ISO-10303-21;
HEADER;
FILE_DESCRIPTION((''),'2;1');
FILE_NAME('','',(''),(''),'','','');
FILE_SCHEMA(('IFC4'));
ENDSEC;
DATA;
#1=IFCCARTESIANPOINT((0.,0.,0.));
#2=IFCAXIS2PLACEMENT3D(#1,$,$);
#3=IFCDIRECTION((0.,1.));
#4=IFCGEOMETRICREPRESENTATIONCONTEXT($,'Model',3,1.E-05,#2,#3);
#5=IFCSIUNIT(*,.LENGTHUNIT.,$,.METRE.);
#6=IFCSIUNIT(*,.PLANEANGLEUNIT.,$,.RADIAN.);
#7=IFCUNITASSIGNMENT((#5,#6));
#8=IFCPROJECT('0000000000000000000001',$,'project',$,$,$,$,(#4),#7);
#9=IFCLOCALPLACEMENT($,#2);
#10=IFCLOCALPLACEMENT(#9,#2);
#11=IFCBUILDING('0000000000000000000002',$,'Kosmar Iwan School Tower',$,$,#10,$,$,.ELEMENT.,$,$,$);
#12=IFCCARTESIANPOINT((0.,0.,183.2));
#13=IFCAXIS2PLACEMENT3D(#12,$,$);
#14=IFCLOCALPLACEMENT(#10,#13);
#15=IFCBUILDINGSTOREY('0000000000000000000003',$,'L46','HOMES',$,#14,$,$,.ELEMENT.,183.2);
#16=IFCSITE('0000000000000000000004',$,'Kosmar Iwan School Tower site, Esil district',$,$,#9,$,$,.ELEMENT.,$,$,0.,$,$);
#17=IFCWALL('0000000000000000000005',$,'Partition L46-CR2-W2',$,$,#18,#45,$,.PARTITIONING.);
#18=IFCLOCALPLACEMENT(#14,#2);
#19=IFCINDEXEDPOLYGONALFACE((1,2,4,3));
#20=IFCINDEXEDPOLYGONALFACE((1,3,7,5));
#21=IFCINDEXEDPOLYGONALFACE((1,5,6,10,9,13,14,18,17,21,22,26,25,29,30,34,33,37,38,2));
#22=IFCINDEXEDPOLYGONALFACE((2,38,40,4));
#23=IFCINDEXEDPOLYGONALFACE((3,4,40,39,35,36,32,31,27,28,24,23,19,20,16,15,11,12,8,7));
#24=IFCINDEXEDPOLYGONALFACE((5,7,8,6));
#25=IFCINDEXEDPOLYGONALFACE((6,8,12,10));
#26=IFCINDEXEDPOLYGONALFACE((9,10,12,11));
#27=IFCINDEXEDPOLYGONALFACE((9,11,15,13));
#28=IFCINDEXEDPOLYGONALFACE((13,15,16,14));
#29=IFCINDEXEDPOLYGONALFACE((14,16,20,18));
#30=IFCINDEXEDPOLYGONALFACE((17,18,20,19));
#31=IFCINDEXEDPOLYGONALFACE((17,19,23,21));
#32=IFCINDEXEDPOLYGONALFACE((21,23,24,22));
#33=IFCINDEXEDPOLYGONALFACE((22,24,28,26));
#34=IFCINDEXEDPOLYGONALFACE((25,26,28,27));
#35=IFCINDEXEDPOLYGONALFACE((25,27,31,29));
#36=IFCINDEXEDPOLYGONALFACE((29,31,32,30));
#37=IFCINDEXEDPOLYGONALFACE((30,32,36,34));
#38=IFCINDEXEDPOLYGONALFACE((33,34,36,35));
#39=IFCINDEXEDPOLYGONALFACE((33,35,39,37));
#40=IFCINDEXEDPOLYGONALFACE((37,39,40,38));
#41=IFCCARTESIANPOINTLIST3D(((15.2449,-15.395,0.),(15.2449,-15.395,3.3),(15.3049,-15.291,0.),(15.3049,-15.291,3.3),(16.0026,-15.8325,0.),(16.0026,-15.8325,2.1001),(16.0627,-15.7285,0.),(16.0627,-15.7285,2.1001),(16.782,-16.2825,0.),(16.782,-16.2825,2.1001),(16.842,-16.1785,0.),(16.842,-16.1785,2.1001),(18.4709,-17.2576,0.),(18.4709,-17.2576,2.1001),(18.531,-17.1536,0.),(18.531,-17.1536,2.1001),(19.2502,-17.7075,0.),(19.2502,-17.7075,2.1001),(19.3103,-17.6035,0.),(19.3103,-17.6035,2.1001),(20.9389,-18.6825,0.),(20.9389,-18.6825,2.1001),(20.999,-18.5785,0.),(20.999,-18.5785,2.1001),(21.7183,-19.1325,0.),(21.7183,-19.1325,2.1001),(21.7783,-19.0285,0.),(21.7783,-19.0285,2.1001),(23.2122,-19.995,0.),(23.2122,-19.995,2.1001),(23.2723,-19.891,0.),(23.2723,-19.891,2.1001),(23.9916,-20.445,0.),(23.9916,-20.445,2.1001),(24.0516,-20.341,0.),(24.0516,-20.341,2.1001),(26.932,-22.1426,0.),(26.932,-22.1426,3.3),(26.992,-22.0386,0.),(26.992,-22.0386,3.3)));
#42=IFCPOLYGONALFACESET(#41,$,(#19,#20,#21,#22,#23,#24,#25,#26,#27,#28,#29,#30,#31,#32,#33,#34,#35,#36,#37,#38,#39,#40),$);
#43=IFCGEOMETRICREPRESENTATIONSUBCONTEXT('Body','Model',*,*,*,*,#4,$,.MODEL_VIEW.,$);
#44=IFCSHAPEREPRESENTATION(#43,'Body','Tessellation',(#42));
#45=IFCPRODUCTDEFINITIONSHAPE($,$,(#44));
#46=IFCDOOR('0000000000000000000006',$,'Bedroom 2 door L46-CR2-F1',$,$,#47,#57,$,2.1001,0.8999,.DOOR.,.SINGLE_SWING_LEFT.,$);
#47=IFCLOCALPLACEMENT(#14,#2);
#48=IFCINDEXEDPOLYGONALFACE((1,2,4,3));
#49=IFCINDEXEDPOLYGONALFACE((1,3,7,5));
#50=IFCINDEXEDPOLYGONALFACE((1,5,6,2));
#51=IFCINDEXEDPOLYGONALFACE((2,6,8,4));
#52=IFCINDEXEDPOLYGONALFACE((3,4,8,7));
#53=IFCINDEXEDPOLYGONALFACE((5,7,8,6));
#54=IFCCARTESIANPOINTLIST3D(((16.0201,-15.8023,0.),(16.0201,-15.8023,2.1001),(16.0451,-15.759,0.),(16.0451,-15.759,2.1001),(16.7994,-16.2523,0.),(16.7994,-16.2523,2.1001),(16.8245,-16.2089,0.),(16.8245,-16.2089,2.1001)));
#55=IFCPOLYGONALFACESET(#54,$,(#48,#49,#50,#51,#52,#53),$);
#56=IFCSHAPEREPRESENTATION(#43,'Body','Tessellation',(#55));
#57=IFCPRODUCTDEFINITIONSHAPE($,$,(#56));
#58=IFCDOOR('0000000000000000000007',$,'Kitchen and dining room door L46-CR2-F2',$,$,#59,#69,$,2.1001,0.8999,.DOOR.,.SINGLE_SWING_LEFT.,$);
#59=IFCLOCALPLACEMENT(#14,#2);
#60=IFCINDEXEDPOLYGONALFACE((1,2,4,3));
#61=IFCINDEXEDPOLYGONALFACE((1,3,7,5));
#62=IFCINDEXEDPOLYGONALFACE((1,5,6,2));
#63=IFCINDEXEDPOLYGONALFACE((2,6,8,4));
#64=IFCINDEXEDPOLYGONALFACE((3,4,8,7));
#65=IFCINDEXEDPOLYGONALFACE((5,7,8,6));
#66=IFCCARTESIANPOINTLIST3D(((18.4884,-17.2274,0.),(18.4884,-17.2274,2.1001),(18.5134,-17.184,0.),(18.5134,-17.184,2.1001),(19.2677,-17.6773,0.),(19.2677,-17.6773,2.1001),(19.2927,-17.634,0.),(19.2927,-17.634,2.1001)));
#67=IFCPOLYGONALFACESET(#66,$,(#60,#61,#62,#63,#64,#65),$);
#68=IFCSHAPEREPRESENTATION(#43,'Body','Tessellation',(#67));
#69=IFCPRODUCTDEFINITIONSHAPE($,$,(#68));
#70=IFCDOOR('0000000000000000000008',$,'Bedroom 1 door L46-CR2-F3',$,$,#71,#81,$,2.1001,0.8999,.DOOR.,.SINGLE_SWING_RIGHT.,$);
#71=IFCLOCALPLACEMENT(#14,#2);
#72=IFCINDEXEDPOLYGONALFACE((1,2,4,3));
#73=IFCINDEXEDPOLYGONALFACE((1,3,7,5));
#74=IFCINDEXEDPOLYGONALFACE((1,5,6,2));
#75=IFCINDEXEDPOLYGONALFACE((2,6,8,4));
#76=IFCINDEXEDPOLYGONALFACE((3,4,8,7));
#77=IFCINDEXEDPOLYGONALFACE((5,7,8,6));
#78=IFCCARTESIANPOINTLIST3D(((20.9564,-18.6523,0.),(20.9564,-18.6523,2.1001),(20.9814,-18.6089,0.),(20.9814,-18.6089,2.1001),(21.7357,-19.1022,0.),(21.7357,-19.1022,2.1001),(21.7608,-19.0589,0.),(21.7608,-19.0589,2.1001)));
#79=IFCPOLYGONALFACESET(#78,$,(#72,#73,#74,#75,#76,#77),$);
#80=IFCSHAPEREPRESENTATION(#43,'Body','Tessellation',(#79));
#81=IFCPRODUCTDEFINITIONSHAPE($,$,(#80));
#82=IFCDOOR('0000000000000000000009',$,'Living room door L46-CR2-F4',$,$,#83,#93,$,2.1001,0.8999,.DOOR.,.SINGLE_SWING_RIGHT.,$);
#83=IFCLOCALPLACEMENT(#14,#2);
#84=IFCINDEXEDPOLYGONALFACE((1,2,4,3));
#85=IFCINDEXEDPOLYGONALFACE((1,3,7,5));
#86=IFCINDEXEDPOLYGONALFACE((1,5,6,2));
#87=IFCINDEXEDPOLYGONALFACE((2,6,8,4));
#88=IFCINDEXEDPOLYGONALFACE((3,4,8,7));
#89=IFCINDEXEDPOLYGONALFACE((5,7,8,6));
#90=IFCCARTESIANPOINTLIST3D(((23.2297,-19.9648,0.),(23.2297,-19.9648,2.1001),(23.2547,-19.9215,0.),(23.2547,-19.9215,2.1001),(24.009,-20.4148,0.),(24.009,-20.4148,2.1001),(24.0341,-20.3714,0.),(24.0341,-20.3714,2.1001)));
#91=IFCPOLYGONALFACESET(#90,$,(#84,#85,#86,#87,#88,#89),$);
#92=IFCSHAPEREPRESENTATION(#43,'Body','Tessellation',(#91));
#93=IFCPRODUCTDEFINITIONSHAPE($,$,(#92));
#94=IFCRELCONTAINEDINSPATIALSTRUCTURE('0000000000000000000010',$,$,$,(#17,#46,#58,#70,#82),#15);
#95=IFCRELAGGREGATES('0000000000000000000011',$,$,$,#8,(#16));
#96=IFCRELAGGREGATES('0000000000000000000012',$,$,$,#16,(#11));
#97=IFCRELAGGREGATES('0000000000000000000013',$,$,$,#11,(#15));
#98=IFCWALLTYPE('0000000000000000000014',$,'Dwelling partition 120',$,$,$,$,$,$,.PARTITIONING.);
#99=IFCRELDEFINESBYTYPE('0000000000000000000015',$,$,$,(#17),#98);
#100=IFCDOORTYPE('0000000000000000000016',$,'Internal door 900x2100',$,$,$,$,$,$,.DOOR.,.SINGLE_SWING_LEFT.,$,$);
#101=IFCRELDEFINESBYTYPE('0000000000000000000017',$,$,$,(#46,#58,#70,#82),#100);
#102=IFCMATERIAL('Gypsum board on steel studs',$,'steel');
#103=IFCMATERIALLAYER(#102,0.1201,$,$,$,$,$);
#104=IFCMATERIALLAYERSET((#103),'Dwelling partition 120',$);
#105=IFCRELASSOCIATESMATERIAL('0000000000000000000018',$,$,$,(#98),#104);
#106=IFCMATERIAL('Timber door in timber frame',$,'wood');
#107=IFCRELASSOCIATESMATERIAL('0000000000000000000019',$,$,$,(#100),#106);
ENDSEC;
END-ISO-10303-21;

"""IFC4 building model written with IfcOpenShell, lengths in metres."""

from ifc_helpers import new_model, si_unit, direction, frame, frame_2d, origin, place, context, subcontext, project, spatial, rectangle, extrude, material, layer, layer_set, type_object, element, fill, save


model = new_model("IFC4")

# Units and contexts
model_context = context("Model", 3, precision=1e-05, world=origin(), true_north=direction((0.0, 1.0)))
body_context = subcontext(model_context, "Body", "Model", "MODEL_VIEW")
ifc_project = project(units=[si_unit("LENGTHUNIT", "METRE"), si_unit("PLANEANGLEUNIT", "RADIAN")], contexts=[model_context])

# Site, building, storey
site_placement = place(None, origin())
site = spatial("IfcSite", under=ifc_project, at=site_placement, Name="Kosmar Iwan School Tower site, Esil district", CompositionType="ELEMENT", RefElevation=0.0)
building_placement = place(site_placement, origin())
building = spatial("IfcBuilding", under=site, at=building_placement, Name="Kosmar Iwan School Tower", CompositionType="ELEMENT")
storey_placement = place(building_placement, frame((0.0, 0.0, 183.2)))
storey = spatial("IfcBuildingStorey", under=building, at=storey_placement, Name="L46", Description="HOMES", CompositionType="ELEMENT", Elevation=183.2)

# Shared definitions
ifc_material_1 = material(Name="Gypsum board on steel studs", Category="steel")
ifc_layer_1 = layer(ifc_material_1, 0.1201)
ifc_layer_set_1 = layer_set([ifc_layer_1], Name="Dwelling partition 120")
wall_type_1 = type_object("IfcWallType", Name="Dwelling partition 120", PredefinedType="PARTITIONING", material=ifc_layer_set_1)

# Wall, openings, doors
ifc_material_2 = material(Name="Timber door in timber frame", Category="wood")
door_type_1 = type_object("IfcDoorType", Name="Internal door 900x2100", OperationType="SINGLE_SWING_LEFT", PredefinedType="DOOR", material=ifc_material_2)
wall_1_placement = place(storey_placement, frame((15.2749, -15.343, 0.0), z_axis=(0.0, 0.0, 1.0), x_axis=(0.866024, -0.500003, 0.0)))
wall_1 = element("IfcWall", 1, at=wall_1_placement, inside=storey, type_object=wall_type_1, Name="Partition L46-CR2-W2", PredefinedType="PARTITIONING", context=body_context, shape_type="SweptSolid", body=[
    extrude(rectangle(XDim=13.4951, YDim=0.1201, at=frame_2d((6.7476, 0.0))), origin(), (0.0, 0.0, 1.0), 3.3),
])
opening_1_placement = place(wall_1_placement, frame((0.875, 0.0, 0.0)))
opening_1 = element("IfcOpeningElement", 2, at=opening_1_placement, cuts=wall_1, PredefinedType="OPENING", context=body_context, shape_type="SweptSolid", body=[
    extrude(rectangle(XDim=0.8999, YDim=2.1001, at=frame_2d((0.45, 1.05))), frame((0.0, 0.072, 0.0), z_axis=(0.0, -1.0, 0.0), x_axis=(1.0, 0.0, 0.0)), (0.0, 0.0, 1.0), 0.144),
])
opening_2_placement = place(wall_1_placement, frame((3.7251, 0.0, 0.0)))
opening_2 = element("IfcOpeningElement", 3, at=opening_2_placement, cuts=wall_1, PredefinedType="OPENING", context=body_context, shape_type="SweptSolid", body=[
    extrude(rectangle(XDim=0.8999, YDim=2.1001, at=frame_2d((0.45, 1.05))), frame((0.0, 0.072, 0.0), z_axis=(0.0, -1.0, 0.0), x_axis=(1.0, 0.0, 0.0)), (0.0, 0.0, 1.0), 0.144),
])
opening_3_placement = place(wall_1_placement, frame((6.575, 0.0, 0.0)))
opening_3 = element("IfcOpeningElement", 4, at=opening_3_placement, cuts=wall_1, PredefinedType="OPENING", context=body_context, shape_type="SweptSolid", body=[
    extrude(rectangle(XDim=0.8999, YDim=2.1001, at=frame_2d((0.45, 1.05))), frame((0.0, 0.072, 0.0), z_axis=(0.0, -1.0, 0.0), x_axis=(1.0, 0.0, 0.0)), (0.0, 0.0, 1.0), 0.144),
])
opening_4_placement = place(wall_1_placement, frame((9.2, 0.0, 0.0)))
opening_4 = element("IfcOpeningElement", 5, at=opening_4_placement, cuts=wall_1, PredefinedType="OPENING", context=body_context, shape_type="SweptSolid", body=[
    extrude(rectangle(XDim=0.8999, YDim=2.1001, at=frame_2d((0.45, 1.05))), frame((0.0, 0.072, 0.0), z_axis=(0.0, -1.0, 0.0), x_axis=(1.0, 0.0, 0.0)), (0.0, 0.0, 1.0), 0.144),
])
door_1_placement = place(opening_1_placement, origin())
door_1 = element("IfcDoor", 6, at=door_1_placement, inside=storey, type_object=door_type_1, Name="Bedroom 2 door L46-CR2-F1", OperationType="SINGLE_SWING_LEFT", OverallHeight=2.1001, OverallWidth=0.8999, PredefinedType="DOOR", context=body_context, shape_type="SweptSolid", body=[
    extrude(rectangle(XDim=0.8999, YDim=2.1001, at=frame_2d((0.45, 1.05))), frame((0.0, 0.0249, 0.0), z_axis=(0.0, -1.0, 0.0), x_axis=(1.0, 0.0, 0.0)), (0.0, 0.0, 1.0), 0.05),
])
fill(opening_1, door_1)
door_2_placement = place(opening_2_placement, origin())
door_2 = element("IfcDoor", 7, at=door_2_placement, inside=storey, type_object=door_type_1, Name="Kitchen and dining room door L46-CR2-F2", OperationType="SINGLE_SWING_LEFT", OverallHeight=2.1001, OverallWidth=0.8999, PredefinedType="DOOR", context=body_context, shape_type="SweptSolid", body=[
    extrude(rectangle(XDim=0.8999, YDim=2.1001, at=frame_2d((0.45, 1.05))), frame((0.0, 0.0249, 0.0), z_axis=(0.0, -1.0, 0.0), x_axis=(1.0, 0.0, 0.0)), (0.0, 0.0, 1.0), 0.05),
])
fill(opening_2, door_2)
door_3_placement = place(opening_3_placement, origin())
door_3 = element("IfcDoor", 8, at=door_3_placement, inside=storey, type_object=door_type_1, Name="Bedroom 1 door L46-CR2-F3", OperationType="SINGLE_SWING_RIGHT", OverallHeight=2.1001, OverallWidth=0.8999, PredefinedType="DOOR", context=body_context, shape_type="SweptSolid", body=[
    extrude(rectangle(XDim=0.8999, YDim=2.1001, at=frame_2d((0.45, 1.05))), frame((0.0, 0.0249, 0.0), z_axis=(0.0, -1.0, 0.0), x_axis=(1.0, 0.0, 0.0)), (0.0, 0.0, 1.0), 0.05),
])
fill(opening_3, door_3)
door_4_placement = place(opening_4_placement, origin())
door_4 = element("IfcDoor", 9, at=door_4_placement, inside=storey, type_object=door_type_1, Name="Living room door L46-CR2-F4", OperationType="SINGLE_SWING_RIGHT", OverallHeight=2.1001, OverallWidth=0.8999, PredefinedType="DOOR", context=body_context, shape_type="SweptSolid", body=[
    extrude(rectangle(XDim=0.8999, YDim=2.1001, at=frame_2d((0.45, 1.05))), frame((0.0, 0.0249, 0.0), z_axis=(0.0, -1.0, 0.0), x_axis=(1.0, 0.0, 0.0)), (0.0, 0.0, 1.0), 0.05),
])
fill(opening_4, door_4)

save(model, "model.ifc")
